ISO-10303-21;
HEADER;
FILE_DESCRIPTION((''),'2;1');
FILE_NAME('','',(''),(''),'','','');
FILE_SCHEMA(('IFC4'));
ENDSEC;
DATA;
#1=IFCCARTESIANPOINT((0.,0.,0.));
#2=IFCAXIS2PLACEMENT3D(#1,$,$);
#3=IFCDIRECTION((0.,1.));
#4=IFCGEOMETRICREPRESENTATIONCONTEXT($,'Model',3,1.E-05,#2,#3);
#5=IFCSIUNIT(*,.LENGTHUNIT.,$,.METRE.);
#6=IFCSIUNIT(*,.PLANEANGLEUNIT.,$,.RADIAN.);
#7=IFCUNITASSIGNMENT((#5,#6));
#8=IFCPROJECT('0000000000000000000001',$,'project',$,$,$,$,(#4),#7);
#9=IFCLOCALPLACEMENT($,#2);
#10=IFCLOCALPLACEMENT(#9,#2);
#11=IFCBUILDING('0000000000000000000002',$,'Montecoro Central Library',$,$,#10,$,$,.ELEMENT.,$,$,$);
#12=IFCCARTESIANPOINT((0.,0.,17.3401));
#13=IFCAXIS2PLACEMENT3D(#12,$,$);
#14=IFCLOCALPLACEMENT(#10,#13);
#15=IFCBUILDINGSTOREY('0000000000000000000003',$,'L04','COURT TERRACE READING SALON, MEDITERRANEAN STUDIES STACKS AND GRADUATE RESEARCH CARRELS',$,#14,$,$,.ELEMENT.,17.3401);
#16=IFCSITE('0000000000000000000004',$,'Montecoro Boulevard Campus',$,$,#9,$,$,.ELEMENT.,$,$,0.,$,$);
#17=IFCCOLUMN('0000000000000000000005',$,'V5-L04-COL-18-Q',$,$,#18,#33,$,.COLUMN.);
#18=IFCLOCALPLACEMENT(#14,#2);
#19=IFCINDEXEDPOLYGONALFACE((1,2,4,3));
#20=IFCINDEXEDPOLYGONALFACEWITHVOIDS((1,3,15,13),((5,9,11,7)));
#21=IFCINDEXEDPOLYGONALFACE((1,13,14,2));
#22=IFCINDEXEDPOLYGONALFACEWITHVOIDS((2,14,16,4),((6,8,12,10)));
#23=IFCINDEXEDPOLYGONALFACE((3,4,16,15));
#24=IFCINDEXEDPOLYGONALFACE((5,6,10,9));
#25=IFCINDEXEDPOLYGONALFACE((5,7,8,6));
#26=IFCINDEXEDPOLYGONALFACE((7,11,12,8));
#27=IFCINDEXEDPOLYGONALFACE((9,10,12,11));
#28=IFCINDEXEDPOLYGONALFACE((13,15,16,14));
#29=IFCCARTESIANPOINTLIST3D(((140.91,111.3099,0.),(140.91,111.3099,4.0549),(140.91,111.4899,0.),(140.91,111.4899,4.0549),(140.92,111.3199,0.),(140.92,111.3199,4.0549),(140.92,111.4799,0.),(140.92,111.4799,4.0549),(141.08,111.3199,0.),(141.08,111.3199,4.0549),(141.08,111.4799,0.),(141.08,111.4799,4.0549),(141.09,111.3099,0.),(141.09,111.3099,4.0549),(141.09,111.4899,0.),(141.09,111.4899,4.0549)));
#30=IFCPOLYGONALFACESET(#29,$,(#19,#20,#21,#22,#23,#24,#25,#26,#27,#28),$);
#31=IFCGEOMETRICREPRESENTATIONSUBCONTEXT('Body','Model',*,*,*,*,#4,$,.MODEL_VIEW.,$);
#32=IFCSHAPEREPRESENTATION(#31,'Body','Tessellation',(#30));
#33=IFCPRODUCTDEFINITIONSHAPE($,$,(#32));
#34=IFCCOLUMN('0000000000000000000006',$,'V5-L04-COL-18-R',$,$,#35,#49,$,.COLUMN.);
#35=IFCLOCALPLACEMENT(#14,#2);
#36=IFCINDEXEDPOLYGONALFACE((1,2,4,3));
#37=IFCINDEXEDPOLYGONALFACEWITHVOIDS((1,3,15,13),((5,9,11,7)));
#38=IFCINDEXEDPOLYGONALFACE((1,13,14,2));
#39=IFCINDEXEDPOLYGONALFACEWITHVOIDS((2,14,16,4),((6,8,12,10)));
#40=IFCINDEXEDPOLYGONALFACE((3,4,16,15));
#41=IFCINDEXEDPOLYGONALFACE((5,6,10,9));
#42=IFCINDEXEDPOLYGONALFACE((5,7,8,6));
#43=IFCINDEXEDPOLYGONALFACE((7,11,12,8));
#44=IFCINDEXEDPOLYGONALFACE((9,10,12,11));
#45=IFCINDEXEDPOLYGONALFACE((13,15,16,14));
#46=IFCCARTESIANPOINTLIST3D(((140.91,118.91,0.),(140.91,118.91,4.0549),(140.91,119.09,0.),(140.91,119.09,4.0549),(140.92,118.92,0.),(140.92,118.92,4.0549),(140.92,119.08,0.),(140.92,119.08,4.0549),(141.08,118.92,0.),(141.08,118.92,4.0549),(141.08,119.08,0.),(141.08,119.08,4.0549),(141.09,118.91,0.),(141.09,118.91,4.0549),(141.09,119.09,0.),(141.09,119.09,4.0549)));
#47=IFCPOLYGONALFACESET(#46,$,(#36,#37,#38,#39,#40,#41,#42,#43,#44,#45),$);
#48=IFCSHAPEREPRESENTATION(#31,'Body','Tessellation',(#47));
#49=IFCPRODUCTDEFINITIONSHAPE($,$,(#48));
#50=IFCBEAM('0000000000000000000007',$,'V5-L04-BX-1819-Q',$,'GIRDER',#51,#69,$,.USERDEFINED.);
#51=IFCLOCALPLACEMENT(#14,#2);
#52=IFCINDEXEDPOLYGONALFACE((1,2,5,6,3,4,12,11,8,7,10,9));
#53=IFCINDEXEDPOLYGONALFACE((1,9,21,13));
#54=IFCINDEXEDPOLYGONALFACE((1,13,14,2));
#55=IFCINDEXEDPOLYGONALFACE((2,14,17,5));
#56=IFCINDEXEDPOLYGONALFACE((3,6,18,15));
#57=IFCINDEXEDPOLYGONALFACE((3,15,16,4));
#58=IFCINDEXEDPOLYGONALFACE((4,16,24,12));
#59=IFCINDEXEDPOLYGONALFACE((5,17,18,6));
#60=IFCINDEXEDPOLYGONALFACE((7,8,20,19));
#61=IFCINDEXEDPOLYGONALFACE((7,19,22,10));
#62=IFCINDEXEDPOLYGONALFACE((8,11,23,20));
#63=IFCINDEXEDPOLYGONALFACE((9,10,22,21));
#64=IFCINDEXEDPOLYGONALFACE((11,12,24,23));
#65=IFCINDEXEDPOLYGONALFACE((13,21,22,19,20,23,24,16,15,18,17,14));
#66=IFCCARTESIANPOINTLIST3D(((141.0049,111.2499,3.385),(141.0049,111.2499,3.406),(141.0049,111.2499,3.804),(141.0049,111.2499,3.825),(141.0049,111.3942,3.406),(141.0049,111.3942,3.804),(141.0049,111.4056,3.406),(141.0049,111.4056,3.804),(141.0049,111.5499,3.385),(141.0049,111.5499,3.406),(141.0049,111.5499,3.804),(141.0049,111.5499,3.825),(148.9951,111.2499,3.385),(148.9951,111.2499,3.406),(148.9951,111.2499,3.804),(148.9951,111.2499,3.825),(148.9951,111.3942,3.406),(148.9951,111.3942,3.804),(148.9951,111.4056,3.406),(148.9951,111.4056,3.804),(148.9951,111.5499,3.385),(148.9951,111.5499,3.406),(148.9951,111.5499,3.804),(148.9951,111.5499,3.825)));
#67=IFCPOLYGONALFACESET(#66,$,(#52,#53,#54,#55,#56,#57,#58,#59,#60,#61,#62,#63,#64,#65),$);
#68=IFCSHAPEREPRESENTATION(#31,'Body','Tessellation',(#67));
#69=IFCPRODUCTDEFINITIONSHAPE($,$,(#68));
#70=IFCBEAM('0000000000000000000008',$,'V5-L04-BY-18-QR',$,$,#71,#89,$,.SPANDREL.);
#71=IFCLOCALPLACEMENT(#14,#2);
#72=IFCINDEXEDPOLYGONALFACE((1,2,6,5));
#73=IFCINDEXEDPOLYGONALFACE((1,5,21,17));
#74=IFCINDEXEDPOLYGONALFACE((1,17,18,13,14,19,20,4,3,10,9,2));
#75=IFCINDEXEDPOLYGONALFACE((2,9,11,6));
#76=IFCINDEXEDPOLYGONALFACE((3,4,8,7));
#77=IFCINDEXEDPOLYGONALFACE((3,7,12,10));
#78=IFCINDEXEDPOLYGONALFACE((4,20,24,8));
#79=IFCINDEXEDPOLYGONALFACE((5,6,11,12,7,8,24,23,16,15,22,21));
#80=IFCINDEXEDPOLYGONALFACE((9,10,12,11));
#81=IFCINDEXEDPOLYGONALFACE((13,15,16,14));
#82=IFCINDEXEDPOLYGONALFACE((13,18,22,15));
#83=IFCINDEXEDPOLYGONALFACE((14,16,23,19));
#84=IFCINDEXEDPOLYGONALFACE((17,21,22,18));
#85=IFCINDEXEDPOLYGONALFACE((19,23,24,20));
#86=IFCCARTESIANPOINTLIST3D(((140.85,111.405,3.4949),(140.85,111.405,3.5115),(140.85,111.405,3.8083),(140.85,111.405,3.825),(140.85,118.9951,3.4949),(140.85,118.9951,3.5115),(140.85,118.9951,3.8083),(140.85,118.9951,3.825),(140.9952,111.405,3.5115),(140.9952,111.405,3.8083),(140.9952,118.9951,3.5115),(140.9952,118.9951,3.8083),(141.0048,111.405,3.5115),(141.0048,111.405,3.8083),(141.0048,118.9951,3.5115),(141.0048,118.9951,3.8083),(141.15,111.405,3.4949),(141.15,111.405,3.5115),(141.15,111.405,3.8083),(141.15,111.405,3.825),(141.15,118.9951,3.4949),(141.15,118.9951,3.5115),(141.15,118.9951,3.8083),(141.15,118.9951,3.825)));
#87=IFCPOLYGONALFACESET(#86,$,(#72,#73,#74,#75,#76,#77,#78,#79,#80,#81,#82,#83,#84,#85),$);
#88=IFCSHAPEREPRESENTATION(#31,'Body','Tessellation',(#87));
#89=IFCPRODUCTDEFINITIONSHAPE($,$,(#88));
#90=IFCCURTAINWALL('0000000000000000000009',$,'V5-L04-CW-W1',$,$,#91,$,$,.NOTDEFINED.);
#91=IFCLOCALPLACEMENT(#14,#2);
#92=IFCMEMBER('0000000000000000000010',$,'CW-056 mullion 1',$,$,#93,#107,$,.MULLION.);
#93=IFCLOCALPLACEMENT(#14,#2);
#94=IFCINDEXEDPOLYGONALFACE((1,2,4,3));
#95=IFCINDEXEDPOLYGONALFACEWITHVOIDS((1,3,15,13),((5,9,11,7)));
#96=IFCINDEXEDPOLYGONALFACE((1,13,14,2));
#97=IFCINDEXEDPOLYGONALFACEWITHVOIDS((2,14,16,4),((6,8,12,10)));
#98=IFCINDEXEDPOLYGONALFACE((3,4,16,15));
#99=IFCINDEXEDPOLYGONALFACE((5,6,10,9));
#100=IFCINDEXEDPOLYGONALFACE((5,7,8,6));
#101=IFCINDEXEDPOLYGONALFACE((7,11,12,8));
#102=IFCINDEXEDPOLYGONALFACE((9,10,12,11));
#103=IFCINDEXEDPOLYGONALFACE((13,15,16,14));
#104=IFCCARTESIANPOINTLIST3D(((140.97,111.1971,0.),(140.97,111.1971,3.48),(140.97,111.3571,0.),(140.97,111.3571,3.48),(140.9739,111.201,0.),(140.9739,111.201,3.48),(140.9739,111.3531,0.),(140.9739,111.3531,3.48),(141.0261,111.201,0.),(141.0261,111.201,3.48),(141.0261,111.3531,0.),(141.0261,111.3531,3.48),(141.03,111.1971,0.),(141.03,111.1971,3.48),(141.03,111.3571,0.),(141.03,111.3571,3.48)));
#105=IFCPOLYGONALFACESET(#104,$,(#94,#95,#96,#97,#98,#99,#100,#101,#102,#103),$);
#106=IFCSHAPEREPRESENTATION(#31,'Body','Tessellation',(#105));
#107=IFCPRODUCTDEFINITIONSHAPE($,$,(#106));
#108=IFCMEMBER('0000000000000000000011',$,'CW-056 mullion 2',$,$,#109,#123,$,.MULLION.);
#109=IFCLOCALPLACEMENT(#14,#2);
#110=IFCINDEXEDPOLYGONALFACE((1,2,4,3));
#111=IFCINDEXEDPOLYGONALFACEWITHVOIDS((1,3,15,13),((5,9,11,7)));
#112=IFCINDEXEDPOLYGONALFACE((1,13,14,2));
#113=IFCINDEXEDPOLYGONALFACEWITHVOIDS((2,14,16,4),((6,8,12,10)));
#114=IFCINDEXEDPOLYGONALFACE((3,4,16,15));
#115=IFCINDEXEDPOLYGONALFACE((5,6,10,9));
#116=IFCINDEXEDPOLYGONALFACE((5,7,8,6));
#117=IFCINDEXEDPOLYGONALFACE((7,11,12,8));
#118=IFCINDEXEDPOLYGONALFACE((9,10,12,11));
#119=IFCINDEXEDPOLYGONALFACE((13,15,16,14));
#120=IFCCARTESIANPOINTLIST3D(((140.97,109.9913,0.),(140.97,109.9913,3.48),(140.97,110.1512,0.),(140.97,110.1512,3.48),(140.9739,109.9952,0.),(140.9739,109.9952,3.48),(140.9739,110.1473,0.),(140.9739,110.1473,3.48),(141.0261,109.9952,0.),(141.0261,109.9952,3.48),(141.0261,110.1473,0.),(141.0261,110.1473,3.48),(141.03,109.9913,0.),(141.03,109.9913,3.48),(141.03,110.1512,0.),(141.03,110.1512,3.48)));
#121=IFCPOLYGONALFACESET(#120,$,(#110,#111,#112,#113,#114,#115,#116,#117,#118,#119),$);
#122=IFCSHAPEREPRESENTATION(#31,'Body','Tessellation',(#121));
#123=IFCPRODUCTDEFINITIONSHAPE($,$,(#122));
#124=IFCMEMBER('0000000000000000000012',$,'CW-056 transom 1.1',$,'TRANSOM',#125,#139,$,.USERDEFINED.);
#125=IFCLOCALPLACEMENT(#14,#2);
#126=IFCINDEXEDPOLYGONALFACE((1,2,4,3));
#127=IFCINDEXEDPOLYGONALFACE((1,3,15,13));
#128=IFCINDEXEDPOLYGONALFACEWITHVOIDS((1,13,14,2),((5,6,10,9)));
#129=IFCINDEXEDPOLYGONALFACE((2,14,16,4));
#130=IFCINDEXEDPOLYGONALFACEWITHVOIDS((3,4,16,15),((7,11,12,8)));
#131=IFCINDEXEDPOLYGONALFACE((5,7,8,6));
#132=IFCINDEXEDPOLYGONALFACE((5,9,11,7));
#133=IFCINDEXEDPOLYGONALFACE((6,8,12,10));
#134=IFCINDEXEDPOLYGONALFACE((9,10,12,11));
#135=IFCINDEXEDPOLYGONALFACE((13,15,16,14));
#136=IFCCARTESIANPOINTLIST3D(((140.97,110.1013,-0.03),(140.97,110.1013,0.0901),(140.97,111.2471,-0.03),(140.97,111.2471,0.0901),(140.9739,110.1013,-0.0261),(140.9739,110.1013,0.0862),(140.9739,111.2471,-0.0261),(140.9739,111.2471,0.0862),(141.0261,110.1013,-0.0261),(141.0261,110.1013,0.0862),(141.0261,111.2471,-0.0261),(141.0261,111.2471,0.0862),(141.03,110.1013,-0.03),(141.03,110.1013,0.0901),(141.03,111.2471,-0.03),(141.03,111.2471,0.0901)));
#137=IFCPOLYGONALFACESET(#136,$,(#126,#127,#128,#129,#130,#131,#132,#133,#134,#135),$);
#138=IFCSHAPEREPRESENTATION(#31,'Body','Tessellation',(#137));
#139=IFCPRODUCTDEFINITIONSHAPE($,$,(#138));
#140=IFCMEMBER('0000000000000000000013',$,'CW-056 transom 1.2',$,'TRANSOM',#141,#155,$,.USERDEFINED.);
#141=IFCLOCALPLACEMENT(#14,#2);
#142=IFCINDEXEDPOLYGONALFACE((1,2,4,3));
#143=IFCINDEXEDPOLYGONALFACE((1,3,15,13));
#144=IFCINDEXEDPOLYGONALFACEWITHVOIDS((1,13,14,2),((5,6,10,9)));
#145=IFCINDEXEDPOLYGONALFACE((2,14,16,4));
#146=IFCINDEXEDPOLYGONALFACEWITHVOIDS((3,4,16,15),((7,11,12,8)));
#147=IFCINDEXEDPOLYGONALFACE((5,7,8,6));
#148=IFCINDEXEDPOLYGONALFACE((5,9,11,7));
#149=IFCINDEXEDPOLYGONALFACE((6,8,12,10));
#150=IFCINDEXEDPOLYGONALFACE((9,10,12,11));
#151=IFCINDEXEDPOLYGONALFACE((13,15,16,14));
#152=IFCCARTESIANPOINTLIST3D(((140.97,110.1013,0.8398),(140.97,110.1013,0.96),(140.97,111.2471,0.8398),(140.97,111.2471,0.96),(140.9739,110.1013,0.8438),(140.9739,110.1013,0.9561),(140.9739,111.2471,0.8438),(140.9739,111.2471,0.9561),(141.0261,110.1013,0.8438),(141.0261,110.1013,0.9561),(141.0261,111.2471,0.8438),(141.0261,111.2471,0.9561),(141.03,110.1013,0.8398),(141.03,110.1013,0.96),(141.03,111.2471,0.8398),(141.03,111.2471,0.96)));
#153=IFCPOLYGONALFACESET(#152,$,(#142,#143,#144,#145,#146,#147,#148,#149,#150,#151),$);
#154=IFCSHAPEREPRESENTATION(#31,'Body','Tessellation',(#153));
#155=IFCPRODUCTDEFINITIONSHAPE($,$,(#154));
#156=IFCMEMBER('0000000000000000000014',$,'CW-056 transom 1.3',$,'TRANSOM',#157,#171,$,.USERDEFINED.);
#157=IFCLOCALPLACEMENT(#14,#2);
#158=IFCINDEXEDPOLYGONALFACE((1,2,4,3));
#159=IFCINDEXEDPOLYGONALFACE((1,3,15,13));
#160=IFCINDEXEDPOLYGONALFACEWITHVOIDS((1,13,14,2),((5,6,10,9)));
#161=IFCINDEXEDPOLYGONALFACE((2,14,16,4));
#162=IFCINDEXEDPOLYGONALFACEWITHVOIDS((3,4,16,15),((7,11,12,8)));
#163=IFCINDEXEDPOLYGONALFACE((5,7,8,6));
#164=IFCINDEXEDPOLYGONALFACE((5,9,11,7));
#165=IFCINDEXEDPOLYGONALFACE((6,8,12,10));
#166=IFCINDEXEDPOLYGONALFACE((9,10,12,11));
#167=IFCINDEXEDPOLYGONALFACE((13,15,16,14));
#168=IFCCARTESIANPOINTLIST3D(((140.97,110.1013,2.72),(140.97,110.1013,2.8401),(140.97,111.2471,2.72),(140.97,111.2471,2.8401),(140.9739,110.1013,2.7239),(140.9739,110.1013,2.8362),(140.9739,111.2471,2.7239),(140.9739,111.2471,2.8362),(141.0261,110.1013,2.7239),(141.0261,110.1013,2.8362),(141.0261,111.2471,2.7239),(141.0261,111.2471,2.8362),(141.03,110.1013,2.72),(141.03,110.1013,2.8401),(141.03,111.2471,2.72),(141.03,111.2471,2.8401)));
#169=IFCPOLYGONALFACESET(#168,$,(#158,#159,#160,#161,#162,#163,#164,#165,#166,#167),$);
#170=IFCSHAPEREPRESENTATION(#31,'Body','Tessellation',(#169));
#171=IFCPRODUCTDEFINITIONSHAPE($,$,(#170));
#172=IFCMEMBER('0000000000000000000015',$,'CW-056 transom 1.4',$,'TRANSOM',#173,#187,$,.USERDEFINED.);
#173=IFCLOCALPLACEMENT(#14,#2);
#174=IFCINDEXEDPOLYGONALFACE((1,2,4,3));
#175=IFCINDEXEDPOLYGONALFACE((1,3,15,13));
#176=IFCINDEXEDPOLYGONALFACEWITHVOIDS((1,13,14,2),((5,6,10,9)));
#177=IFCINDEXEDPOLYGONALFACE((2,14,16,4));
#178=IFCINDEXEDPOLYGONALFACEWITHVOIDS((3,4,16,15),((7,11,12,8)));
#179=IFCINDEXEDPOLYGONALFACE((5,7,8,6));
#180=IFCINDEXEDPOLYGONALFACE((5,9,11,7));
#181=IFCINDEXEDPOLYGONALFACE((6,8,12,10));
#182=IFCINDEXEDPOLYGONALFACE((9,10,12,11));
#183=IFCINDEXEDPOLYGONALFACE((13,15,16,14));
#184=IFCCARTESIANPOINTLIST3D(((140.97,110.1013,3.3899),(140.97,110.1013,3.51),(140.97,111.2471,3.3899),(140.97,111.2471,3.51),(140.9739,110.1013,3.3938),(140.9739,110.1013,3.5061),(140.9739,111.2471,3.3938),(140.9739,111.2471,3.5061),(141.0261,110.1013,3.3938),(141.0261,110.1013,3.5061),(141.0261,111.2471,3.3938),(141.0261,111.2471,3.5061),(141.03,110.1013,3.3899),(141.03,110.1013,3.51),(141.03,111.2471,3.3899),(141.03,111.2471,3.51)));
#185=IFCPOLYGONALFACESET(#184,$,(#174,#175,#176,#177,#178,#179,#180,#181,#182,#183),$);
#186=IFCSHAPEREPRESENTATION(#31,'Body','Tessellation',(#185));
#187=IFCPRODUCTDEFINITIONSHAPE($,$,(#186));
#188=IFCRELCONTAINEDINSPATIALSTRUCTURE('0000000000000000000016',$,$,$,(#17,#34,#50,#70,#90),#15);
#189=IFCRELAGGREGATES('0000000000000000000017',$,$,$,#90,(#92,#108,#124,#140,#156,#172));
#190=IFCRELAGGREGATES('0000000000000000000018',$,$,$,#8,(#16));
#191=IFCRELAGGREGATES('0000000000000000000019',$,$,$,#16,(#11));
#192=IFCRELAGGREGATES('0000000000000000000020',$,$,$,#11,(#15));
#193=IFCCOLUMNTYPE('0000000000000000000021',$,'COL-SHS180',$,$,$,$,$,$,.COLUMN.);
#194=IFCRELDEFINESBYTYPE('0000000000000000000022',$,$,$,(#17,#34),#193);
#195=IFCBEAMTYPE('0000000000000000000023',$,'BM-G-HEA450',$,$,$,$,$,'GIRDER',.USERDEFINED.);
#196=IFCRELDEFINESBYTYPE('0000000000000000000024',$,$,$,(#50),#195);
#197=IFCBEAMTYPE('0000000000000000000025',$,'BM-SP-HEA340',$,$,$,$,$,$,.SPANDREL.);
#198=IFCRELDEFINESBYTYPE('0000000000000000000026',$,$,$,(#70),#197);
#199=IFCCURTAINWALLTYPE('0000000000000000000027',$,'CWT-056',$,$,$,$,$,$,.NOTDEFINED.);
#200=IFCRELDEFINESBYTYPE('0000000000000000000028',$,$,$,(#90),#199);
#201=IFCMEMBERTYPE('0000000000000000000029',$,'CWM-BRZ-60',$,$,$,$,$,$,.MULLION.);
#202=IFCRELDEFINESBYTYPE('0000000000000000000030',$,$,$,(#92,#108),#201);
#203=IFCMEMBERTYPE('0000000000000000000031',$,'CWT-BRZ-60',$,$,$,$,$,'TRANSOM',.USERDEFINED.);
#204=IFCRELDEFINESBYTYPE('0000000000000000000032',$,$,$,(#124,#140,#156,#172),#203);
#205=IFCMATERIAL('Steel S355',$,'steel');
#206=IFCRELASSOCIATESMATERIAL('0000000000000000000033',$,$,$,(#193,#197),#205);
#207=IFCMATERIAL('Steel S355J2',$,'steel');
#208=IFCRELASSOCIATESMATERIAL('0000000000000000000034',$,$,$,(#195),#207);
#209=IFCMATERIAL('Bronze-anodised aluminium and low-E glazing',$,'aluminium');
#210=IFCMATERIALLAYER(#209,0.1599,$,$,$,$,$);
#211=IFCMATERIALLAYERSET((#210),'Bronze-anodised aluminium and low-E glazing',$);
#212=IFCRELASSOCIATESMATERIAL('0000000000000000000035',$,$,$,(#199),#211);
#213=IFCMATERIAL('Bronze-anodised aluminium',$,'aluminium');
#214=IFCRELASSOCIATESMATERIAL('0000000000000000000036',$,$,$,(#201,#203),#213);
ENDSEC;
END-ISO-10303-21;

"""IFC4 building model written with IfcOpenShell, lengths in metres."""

from ifc_helpers import new_model, si_unit, direction, frame, origin, origin_2d, place, context, subcontext, project, spatial, hollow_rectangle, i_section, extrude, material, layer, layer_set, material_profile, profile_set, type_object, element, aggregate, save


model = new_model("IFC4")

# Units and contexts
model_context = context("Model", 3, precision=1e-05, world=origin(), true_north=direction((0.0, 1.0)))
body_context = subcontext(model_context, "Body", "Model", "MODEL_VIEW")
ifc_project = project(units=[si_unit("LENGTHUNIT", "METRE"), si_unit("PLANEANGLEUNIT", "RADIAN")], contexts=[model_context])

# Site, building, storey
site_placement = place(None, origin())
site = spatial("IfcSite", under=ifc_project, at=site_placement, Name="Montecoro Boulevard Campus", CompositionType="ELEMENT", RefElevation=0.0)
building_placement = place(site_placement, origin())
building = spatial("IfcBuilding", under=site, at=building_placement, Name="Montecoro Central Library", CompositionType="ELEMENT")
storey_placement = place(building_placement, frame((0.0, 0.0, 17.3401)))
storey = spatial("IfcBuildingStorey", under=building, at=storey_placement, Name="L04", Description="COURT TERRACE READING SALON, MEDITERRANEAN STUDIES STACKS AND GRADUATE RESEARCH CARRELS", CompositionType="ELEMENT", Elevation=17.3401)

# Columns
ifc_material_1 = material(Name="Steel S355", Category="steel")
ifc_material_profile_1 = material_profile(ifc_material_1, hollow_rectangle(XDim=0.1799, YDim=0.1799, WallThickness=0.01, at=origin_2d()), Name="SHS 180x180x10.0")
ifc_profile_set_1 = profile_set([ifc_material_profile_1], Name="Steel S355")
column_type = type_object("IfcColumnType", Name="COL-SHS180", PredefinedType="COLUMN", material=ifc_profile_set_1)
for number, where, z_axis, x_axis, name in (
    (1, (141.0, 111.3999, 0.0), (0.0, 0.0, 1.0), (1.0, 0.0, 0.0), "V5-L04-COL-18-Q"),
    (2, (141.0, 119.0, 0.0), (0.0, 0.0, 1.0), (1.0, 0.0, 0.0), "V5-L04-COL-18-R"),
):
    element("IfcColumn", number, at=place(storey_placement, frame(where, z_axis=z_axis, x_axis=x_axis)), inside=storey, type_object=column_type, Name=name, PredefinedType="COLUMN", context=body_context, shape_type="SweptSolid", body=[
        extrude(hollow_rectangle(XDim=0.1799, YDim=0.1799, WallThickness=0.01, at=origin_2d()), origin(), (0.0, 0.0, 1.0), 4.0549),
    ])

# Beams
ifc_material_2 = material(Name="Steel S355J2", Category="steel")
ifc_material_profile_2 = material_profile(ifc_material_2, i_section(OverallWidth=0.3, OverallDepth=0.4399, WebThickness=0.0115, FlangeThickness=0.021, at=origin_2d()), Name="HEA 450")
ifc_profile_set_2 = profile_set([ifc_material_profile_2], Name="Steel S355J2")
beam_type_1 = type_object("IfcBeamType", Name="BM-G-HEA450", ElementType="GIRDER", PredefinedType="USERDEFINED", material=ifc_profile_set_2)
beam_1_placement = place(storey_placement, frame((141.0049, 111.3999, 3.605), z_axis=(1.0, 0.0, 0.0), x_axis=(0.0, 1.0, 0.0)))
element("IfcBeam", 3, at=beam_1_placement, inside=storey, type_object=beam_type_1, Name="V5-L04-BX-1819-Q", ObjectType="GIRDER", PredefinedType="USERDEFINED", context=body_context, shape_type="SweptSolid", body=[
    extrude(i_section(OverallWidth=0.3, OverallDepth=0.4399, WebThickness=0.0115, FlangeThickness=0.021, at=origin_2d()), origin(), (0.0, 0.0, 1.0), 7.9902),
])
ifc_material_profile_3 = material_profile(ifc_material_1, i_section(OverallWidth=0.3, OverallDepth=0.3301, WebThickness=0.0095, FlangeThickness=0.0166, at=origin_2d()), Name="HEA 340")
ifc_profile_set_3 = profile_set([ifc_material_profile_3], Name="Steel S355")
beam_type_2 = type_object("IfcBeamType", Name="BM-SP-HEA340", PredefinedType="SPANDREL", material=ifc_profile_set_3)
beam_2_placement = place(storey_placement, frame((141.0, 111.405, 3.6599), z_axis=(0.0, 1.0, 0.0), x_axis=(-1.0, 0.0, 0.0)))
element("IfcBeam", 4, at=beam_2_placement, inside=storey, type_object=beam_type_2, Name="V5-L04-BY-18-QR", PredefinedType="SPANDREL", context=body_context, shape_type="SweptSolid", body=[
    extrude(i_section(OverallWidth=0.3, OverallDepth=0.3301, WebThickness=0.0095, FlangeThickness=0.0166, at=origin_2d()), origin(), (0.0, 0.0, 1.0), 7.5901),
])

# Curtain wall, members
ifc_material_3 = material(Name="Bronze-anodised aluminium and low-E glazing", Category="aluminium")
ifc_layer_1 = layer(ifc_material_3, 0.1599)
ifc_layer_set_1 = layer_set([ifc_layer_1], Name="Bronze-anodised aluminium and low-E glazing")
curtain_wall_type = type_object("IfcCurtainWallType", Name="CWT-056", PredefinedType="NOTDEFINED", material=ifc_layer_set_1)
curtain_wall_placement = place(storey_placement, origin())
curtain_wall = element("IfcCurtainWall", 5, at=curtain_wall_placement, inside=storey, type_object=curtain_wall_type, Name="V5-L04-CW-W1", PredefinedType="NOTDEFINED")
ifc_material_4 = material(Name="Bronze-anodised aluminium", Category="aluminium")
ifc_material_profile_4 = material_profile(ifc_material_4, hollow_rectangle(XDim=0.0601, YDim=0.1599, WallThickness=0.0039, at=origin_2d()), Name="CWM 160x60x4.0")
ifc_profile_set_4 = profile_set([ifc_material_profile_4], Name="Bronze-anodised aluminium")
member_type_1 = type_object("IfcMemberType", Name="CWM-BRZ-60", PredefinedType="MULLION", material=ifc_profile_set_4)
member_1_placement = place(storey_placement, frame((141.0, 111.2771, 0.0), z_axis=(0.0, 0.0, 1.0), x_axis=(1.0, 0.0, 0.0)))
member_1 = element("IfcMember", 6, at=member_1_placement, type_object=member_type_1, Name="CW-056 mullion 1", PredefinedType="MULLION", context=body_context, shape_type="SweptSolid", body=[
    extrude(hollow_rectangle(XDim=0.0601, YDim=0.1599, WallThickness=0.0039, at=origin_2d()), origin(), (0.0, 0.0, 1.0), 3.48),
])
member_2_placement = place(storey_placement, frame((141.0, 110.0713, 0.0), z_axis=(0.0, 0.0, 1.0), x_axis=(1.0, 0.0, 0.0)))
member_2 = element("IfcMember", 7, at=member_2_placement, type_object=member_type_1, Name="CW-056 mullion 2", PredefinedType="MULLION", context=body_context, shape_type="SweptSolid", body=[
    extrude(hollow_rectangle(XDim=0.0601, YDim=0.1599, WallThickness=0.0039, at=origin_2d()), origin(), (0.0, 0.0, 1.0), 3.48),
])
ifc_material_profile_5 = material_profile(ifc_material_4, hollow_rectangle(XDim=0.0601, YDim=0.1201, WallThickness=0.0039, at=origin_2d()), Name="CWT 120x60x4.0")
ifc_profile_set_5 = profile_set([ifc_material_profile_5], Name="Bronze-anodised aluminium")
member_type_2 = type_object("IfcMemberType", Name="CWT-BRZ-60", ElementType="TRANSOM", PredefinedType="USERDEFINED", material=ifc_profile_set_5)
member_3_placement = place(storey_placement, frame((141.0, 111.2471, 0.03), z_axis=(0.0, -1.0, 0.0), x_axis=(1.0, 0.0, 0.0)))
member_3 = element("IfcMember", 8, at=member_3_placement, type_object=member_type_2, Name="CW-056 transom 1.1", ObjectType="TRANSOM", PredefinedType="USERDEFINED", context=body_context, shape_type="SweptSolid", body=[
    extrude(hollow_rectangle(XDim=0.0601, YDim=0.1201, WallThickness=0.0039, at=origin_2d()), origin(), (0.0, 0.0, 1.0), 1.1458),
])
member_4_placement = place(storey_placement, frame((141.0, 111.2471, 0.8999), z_axis=(0.0, -1.0, 0.0), x_axis=(1.0, 0.0, 0.0)))
member_4 = element("IfcMember", 9, at=member_4_placement, type_object=member_type_2, Name="CW-056 transom 1.2", ObjectType="TRANSOM", PredefinedType="USERDEFINED", context=body_context, shape_type="SweptSolid", body=[
    extrude(hollow_rectangle(XDim=0.0601, YDim=0.1201, WallThickness=0.0039, at=origin_2d()), origin(), (0.0, 0.0, 1.0), 1.1458),
])
member_5_placement = place(storey_placement, frame((141.0, 111.2471, 2.78), z_axis=(0.0, -1.0, 0.0), x_axis=(1.0, 0.0, 0.0)))
member_5 = element("IfcMember", 10, at=member_5_placement, type_object=member_type_2, Name="CW-056 transom 1.3", ObjectType="TRANSOM", PredefinedType="USERDEFINED", context=body_context, shape_type="SweptSolid", body=[
    extrude(hollow_rectangle(XDim=0.0601, YDim=0.1201, WallThickness=0.0039, at=origin_2d()), origin(), (0.0, 0.0, 1.0), 1.1458),
])
member_6_placement = place(storey_placement, frame((141.0, 111.2471, 3.45), z_axis=(0.0, -1.0, 0.0), x_axis=(1.0, 0.0, 0.0)))
member_6 = element("IfcMember", 11, at=member_6_placement, type_object=member_type_2, Name="CW-056 transom 1.4", ObjectType="TRANSOM", PredefinedType="USERDEFINED", context=body_context, shape_type="SweptSolid", body=[
    extrude(hollow_rectangle(XDim=0.0601, YDim=0.1201, WallThickness=0.0039, at=origin_2d()), origin(), (0.0, 0.0, 1.0), 1.1458),
])
aggregate(curtain_wall, [member_1, member_2, member_3, member_4, member_5, member_6])

save(model, "model.ifc")
